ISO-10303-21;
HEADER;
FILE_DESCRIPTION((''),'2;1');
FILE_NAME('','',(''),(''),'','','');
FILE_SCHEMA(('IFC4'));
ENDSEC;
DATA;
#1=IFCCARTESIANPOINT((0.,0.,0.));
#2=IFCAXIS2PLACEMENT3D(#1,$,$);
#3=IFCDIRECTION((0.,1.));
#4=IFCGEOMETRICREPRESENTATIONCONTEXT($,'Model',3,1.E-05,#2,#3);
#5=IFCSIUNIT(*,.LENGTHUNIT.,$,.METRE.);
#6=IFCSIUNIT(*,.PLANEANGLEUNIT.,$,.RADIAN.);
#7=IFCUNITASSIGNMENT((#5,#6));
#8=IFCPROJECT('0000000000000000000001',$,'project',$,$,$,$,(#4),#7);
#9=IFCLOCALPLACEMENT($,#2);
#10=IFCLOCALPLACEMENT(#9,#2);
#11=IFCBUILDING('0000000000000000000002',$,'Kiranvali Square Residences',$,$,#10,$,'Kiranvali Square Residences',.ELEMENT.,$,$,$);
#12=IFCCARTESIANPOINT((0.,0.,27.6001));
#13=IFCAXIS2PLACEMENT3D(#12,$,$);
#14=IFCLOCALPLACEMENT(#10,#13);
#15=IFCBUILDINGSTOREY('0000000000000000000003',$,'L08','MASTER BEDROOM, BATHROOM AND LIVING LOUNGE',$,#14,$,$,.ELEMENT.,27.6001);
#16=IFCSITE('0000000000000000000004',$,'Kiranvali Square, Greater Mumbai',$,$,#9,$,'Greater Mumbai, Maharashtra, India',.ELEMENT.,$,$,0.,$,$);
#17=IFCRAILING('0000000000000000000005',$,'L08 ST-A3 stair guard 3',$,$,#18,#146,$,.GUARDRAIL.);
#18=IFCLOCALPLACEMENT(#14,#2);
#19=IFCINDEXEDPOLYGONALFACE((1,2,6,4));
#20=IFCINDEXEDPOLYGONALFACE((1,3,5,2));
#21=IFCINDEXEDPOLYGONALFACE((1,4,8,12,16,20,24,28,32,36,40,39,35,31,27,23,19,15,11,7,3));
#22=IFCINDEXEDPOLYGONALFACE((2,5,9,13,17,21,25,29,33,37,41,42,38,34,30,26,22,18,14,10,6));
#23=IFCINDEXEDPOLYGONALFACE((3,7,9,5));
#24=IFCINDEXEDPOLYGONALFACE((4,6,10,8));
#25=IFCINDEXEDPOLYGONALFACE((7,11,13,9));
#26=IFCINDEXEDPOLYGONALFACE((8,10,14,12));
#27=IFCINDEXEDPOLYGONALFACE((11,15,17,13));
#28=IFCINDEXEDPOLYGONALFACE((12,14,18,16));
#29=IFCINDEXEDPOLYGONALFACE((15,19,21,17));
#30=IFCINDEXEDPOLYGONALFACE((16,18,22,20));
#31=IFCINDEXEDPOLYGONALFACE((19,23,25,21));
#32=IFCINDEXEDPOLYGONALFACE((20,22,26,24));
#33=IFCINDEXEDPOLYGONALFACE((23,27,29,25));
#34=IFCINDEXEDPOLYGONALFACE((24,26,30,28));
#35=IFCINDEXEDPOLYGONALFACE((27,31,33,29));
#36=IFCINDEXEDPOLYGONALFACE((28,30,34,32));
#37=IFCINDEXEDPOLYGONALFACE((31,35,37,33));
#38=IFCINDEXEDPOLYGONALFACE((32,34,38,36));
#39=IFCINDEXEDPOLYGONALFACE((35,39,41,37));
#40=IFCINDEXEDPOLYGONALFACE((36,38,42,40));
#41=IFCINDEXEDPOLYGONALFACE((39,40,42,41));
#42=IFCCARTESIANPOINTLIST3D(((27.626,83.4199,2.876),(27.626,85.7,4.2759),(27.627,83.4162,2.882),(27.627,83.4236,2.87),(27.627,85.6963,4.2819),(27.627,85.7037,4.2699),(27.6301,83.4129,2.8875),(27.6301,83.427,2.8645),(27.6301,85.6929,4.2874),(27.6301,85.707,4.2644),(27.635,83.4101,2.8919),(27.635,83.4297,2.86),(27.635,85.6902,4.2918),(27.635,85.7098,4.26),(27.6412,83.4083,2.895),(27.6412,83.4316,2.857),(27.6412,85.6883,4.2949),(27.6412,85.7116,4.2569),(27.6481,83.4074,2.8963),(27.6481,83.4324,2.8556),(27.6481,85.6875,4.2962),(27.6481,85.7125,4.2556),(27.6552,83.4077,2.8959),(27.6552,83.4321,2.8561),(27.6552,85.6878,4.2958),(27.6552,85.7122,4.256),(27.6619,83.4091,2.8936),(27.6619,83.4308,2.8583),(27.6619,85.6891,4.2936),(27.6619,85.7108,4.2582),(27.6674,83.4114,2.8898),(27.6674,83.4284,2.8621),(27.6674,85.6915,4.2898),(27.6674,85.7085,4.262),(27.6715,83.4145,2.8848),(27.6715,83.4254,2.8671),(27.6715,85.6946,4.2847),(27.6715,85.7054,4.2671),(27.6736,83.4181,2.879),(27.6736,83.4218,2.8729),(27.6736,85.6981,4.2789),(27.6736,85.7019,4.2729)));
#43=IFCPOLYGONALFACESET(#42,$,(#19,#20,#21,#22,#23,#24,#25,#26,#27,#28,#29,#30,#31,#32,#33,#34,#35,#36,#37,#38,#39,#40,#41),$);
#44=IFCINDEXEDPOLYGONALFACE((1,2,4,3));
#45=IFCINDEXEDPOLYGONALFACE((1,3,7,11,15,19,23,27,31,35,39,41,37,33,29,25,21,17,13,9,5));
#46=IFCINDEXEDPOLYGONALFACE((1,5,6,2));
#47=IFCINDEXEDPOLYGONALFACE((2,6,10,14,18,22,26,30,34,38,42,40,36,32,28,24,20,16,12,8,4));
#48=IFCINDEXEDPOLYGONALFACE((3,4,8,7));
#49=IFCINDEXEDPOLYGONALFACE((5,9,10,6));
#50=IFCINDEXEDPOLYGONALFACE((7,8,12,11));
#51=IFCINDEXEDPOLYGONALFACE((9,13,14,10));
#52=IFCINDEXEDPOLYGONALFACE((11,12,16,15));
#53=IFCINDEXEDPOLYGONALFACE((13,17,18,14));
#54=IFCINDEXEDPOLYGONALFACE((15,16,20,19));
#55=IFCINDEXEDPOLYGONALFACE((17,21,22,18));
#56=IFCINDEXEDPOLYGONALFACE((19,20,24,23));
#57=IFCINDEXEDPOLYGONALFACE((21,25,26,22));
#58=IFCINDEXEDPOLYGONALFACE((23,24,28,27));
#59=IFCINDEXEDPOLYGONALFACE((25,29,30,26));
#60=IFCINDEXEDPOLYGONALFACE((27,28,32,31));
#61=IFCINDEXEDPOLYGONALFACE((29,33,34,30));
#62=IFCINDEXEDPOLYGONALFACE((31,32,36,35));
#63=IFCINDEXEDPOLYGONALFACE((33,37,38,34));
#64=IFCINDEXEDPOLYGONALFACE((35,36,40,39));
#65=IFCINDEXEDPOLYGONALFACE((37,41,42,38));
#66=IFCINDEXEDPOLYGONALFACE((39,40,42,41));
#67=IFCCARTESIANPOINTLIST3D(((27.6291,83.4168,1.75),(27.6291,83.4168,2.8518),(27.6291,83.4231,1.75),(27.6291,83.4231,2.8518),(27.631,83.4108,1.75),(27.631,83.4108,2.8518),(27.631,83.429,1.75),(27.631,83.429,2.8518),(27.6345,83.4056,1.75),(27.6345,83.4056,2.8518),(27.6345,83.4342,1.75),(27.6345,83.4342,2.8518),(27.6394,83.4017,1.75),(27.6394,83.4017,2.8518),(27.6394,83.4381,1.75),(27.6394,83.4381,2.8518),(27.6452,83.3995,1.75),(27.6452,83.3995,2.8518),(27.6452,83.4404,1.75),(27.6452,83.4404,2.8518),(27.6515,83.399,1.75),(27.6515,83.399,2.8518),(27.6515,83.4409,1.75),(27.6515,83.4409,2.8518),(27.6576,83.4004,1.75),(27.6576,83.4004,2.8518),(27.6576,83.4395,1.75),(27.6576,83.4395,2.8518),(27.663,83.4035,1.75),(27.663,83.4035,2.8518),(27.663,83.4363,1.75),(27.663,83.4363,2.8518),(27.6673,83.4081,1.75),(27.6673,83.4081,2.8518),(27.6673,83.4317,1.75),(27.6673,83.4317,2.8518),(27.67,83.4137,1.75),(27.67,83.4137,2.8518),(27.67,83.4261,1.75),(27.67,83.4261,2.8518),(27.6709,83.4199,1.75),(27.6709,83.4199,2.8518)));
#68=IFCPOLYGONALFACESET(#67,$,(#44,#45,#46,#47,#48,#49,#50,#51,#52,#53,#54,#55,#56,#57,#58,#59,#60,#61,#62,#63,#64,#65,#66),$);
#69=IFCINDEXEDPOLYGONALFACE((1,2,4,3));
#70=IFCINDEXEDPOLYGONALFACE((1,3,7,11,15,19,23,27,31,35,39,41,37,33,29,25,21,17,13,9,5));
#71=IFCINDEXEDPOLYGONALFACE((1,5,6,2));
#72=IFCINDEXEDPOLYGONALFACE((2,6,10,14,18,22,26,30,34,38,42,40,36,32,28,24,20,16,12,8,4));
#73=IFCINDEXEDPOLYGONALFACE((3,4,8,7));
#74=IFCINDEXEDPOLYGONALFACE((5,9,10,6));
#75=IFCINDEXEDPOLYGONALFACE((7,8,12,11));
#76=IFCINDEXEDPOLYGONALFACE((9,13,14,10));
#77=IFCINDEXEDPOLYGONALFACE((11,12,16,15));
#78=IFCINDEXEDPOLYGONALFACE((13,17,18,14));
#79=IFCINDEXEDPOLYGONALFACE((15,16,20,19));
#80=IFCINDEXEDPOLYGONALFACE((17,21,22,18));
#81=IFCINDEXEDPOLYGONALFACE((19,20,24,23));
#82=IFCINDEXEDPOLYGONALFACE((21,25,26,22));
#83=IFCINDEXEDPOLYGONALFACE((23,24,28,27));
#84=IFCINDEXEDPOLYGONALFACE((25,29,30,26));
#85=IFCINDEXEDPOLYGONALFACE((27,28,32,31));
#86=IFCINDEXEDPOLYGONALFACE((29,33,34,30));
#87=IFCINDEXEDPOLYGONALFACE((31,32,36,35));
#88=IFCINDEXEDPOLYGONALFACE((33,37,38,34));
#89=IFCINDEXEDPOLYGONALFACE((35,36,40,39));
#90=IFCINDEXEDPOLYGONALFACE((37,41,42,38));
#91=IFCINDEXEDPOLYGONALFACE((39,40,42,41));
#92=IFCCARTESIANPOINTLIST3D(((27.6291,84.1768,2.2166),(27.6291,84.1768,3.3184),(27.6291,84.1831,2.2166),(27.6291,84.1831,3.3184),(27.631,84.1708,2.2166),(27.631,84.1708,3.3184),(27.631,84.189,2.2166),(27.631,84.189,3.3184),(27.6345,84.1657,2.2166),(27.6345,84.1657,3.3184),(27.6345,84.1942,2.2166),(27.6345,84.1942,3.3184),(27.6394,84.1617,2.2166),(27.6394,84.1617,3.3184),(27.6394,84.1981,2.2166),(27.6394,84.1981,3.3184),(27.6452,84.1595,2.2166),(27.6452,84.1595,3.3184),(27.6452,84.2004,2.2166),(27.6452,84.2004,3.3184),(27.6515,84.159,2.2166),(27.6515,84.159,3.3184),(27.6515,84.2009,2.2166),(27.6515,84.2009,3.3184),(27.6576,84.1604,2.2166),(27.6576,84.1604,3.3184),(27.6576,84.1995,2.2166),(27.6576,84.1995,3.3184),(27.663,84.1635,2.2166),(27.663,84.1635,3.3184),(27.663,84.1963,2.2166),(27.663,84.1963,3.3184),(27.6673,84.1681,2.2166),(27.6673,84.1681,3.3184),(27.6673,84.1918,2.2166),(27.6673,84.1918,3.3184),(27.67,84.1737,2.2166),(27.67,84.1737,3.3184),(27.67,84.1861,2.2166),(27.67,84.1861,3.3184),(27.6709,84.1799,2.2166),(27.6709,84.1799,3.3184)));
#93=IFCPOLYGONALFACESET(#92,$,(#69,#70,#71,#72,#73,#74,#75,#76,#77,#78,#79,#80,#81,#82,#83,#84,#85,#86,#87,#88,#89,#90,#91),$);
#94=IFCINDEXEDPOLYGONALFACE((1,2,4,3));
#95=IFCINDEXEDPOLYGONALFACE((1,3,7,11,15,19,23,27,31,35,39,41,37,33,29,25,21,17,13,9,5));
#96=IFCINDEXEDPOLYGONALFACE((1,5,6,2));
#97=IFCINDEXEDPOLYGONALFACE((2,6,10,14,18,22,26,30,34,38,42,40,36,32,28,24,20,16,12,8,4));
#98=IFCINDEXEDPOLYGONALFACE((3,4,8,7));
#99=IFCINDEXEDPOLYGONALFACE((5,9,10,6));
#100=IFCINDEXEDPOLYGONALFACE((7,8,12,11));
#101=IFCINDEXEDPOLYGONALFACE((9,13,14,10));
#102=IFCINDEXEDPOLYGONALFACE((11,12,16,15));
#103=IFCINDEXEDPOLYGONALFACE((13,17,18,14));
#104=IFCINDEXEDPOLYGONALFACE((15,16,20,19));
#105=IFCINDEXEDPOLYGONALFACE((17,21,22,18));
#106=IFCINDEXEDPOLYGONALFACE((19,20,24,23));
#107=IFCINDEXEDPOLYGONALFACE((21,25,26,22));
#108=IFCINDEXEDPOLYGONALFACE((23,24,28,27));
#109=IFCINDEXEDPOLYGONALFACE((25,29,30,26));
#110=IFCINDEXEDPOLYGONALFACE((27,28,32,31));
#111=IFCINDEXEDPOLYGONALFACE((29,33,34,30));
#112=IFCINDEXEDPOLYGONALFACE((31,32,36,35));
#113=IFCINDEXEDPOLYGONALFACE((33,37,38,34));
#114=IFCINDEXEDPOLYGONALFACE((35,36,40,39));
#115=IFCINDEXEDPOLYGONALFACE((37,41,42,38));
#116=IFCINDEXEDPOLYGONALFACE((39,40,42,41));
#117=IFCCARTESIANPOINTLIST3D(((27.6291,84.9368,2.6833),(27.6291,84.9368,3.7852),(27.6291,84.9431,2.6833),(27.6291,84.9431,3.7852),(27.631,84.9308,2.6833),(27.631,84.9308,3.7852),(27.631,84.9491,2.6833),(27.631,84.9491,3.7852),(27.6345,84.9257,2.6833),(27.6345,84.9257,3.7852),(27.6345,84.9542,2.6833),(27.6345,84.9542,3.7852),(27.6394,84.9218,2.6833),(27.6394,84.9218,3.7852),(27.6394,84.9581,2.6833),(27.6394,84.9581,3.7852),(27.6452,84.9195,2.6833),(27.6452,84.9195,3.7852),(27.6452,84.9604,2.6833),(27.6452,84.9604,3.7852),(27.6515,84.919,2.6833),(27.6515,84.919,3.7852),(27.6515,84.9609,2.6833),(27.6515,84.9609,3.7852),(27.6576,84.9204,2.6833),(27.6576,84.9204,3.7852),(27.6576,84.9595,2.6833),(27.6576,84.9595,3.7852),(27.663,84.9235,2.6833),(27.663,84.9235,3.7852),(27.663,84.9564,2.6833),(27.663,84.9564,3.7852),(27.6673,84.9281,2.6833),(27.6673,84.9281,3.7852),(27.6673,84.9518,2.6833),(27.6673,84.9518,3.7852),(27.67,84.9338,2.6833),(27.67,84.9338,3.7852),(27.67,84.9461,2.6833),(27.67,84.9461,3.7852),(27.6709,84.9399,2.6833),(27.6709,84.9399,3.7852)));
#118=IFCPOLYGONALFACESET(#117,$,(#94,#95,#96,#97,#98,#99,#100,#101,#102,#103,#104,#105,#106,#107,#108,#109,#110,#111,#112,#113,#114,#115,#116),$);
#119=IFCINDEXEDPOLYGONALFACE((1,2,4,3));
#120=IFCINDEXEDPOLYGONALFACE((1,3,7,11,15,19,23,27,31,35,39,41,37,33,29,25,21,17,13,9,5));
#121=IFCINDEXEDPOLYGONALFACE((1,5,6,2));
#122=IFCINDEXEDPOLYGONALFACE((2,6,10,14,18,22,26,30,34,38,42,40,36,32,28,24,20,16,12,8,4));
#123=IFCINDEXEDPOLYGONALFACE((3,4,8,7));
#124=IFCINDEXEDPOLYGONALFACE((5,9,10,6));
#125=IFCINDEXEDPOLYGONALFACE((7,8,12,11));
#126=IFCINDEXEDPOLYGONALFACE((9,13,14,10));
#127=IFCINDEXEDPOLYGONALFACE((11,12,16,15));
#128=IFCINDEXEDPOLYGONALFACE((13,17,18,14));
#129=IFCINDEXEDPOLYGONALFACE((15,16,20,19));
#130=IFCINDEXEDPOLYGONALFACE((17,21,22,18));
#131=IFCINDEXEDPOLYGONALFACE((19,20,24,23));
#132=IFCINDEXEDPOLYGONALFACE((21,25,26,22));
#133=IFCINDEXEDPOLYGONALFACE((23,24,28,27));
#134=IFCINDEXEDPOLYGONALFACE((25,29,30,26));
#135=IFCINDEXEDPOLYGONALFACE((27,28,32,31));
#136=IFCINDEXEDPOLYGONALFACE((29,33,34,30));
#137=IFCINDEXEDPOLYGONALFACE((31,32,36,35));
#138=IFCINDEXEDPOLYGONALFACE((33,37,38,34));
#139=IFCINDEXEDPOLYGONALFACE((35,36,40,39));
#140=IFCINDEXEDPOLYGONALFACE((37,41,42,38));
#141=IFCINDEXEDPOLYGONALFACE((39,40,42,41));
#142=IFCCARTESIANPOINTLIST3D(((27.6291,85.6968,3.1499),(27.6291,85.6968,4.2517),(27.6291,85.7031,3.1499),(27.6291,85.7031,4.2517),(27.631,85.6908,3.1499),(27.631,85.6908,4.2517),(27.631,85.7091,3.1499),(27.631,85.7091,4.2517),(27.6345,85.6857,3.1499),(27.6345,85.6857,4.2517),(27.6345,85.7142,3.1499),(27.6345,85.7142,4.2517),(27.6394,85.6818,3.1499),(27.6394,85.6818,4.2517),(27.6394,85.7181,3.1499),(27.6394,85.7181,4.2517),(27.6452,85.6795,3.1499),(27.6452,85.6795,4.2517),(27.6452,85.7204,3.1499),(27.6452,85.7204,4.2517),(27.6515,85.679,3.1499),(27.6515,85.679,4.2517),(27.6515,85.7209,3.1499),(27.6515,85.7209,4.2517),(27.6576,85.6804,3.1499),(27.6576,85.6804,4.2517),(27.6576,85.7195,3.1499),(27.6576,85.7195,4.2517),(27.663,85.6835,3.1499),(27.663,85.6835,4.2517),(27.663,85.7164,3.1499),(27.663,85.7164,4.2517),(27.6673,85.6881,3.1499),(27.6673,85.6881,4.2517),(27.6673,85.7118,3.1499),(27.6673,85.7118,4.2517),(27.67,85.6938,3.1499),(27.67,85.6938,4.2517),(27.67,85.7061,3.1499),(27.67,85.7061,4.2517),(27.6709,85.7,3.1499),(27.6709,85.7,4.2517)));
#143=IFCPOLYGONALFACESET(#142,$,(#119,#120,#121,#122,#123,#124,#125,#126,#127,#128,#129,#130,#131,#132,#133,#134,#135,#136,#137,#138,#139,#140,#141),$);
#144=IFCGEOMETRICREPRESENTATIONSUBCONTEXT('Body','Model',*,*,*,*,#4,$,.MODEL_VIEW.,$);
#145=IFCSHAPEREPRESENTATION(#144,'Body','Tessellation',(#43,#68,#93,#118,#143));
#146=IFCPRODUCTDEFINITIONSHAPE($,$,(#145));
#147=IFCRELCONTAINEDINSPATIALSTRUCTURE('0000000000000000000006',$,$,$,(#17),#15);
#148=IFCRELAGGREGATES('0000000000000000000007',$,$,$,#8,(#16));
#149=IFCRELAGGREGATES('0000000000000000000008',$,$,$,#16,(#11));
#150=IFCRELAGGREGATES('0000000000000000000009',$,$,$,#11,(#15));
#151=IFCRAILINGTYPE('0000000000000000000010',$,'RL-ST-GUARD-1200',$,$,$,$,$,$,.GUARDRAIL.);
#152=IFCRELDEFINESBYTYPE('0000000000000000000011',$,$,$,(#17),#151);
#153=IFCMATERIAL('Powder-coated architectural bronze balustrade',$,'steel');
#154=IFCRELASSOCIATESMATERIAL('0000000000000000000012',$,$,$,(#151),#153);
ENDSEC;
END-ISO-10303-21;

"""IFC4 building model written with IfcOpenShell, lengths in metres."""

from ifc_helpers import new_model, si_unit, direction, frame, origin, origin_2d, place, context, subcontext, project, spatial, circle, extrude, material, type_object, element, save


model = new_model("IFC4")

# Units and contexts
model_context = context("Model", 3, precision=1e-05, world=origin(), true_north=direction((0.0, 1.0)))
body_context = subcontext(model_context, "Body", "Model", "MODEL_VIEW")
ifc_project = project(units=[si_unit("LENGTHUNIT", "METRE"), si_unit("PLANEANGLEUNIT", "RADIAN")], contexts=[model_context])

# Site, building, storey
site_placement = place(None, origin())
site = spatial("IfcSite", under=ifc_project, at=site_placement, Name="Kiranvali Square, Greater Mumbai", LongName="Greater Mumbai, Maharashtra, India", CompositionType="ELEMENT", RefElevation=0.0)
building_placement = place(site_placement, origin())
building = spatial("IfcBuilding", under=site, at=building_placement, Name="Kiranvali Square Residences", LongName="Kiranvali Square Residences", CompositionType="ELEMENT")
storey_placement = place(building_placement, frame((0.0, 0.0, 27.6001)))
storey = spatial("IfcBuildingStorey", under=building, at=storey_placement, Name="L08", Description="MASTER BEDROOM, BATHROOM AND LIVING LOUNGE", CompositionType="ELEMENT", Elevation=27.6001)

# Railing
ifc_material_1 = material(Name="Powder-coated architectural bronze balustrade", Category="steel")
railing_type_1 = type_object("IfcRailingType", Name="RL-ST-GUARD-1200", PredefinedType="GUARDRAIL", material=ifc_material_1)
railing_1_placement = place(storey_placement, frame((27.6499, 83.4199, 1.75)))
element("IfcRailing", 1, at=railing_1_placement, inside=storey, type_object=railing_type_1, Name="L08 ST-A3 stair guard 3", PredefinedType="GUARDRAIL", context=body_context, shape_type="SweptSolid", body=[
    extrude(circle(Radius=0.0239, at=origin_2d()), frame((0.0, 0.0, 1.126), z_axis=(0.0, 0.85219, 0.523232), x_axis=(-1.0, 0.0, 0.0)), (0.0, 0.0, 1.0), 2.6755),
    extrude(circle(Radius=0.021, at=origin_2d()), origin(), (0.0, 0.0, 1.0), 1.1018),
    extrude(circle(Radius=0.021, at=origin_2d()), frame((0.0, 0.76, 0.4666)), (0.0, 0.0, 1.0), 1.1018),
    extrude(circle(Radius=0.021, at=origin_2d()), frame((0.0, 1.52, 0.9333)), (0.0, 0.0, 1.0), 1.1018),
    extrude(circle(Radius=0.021, at=origin_2d()), frame((0.0, 2.28, 1.3999)), (0.0, 0.0, 1.0), 1.1018),
])

save(model, "model.ifc")
